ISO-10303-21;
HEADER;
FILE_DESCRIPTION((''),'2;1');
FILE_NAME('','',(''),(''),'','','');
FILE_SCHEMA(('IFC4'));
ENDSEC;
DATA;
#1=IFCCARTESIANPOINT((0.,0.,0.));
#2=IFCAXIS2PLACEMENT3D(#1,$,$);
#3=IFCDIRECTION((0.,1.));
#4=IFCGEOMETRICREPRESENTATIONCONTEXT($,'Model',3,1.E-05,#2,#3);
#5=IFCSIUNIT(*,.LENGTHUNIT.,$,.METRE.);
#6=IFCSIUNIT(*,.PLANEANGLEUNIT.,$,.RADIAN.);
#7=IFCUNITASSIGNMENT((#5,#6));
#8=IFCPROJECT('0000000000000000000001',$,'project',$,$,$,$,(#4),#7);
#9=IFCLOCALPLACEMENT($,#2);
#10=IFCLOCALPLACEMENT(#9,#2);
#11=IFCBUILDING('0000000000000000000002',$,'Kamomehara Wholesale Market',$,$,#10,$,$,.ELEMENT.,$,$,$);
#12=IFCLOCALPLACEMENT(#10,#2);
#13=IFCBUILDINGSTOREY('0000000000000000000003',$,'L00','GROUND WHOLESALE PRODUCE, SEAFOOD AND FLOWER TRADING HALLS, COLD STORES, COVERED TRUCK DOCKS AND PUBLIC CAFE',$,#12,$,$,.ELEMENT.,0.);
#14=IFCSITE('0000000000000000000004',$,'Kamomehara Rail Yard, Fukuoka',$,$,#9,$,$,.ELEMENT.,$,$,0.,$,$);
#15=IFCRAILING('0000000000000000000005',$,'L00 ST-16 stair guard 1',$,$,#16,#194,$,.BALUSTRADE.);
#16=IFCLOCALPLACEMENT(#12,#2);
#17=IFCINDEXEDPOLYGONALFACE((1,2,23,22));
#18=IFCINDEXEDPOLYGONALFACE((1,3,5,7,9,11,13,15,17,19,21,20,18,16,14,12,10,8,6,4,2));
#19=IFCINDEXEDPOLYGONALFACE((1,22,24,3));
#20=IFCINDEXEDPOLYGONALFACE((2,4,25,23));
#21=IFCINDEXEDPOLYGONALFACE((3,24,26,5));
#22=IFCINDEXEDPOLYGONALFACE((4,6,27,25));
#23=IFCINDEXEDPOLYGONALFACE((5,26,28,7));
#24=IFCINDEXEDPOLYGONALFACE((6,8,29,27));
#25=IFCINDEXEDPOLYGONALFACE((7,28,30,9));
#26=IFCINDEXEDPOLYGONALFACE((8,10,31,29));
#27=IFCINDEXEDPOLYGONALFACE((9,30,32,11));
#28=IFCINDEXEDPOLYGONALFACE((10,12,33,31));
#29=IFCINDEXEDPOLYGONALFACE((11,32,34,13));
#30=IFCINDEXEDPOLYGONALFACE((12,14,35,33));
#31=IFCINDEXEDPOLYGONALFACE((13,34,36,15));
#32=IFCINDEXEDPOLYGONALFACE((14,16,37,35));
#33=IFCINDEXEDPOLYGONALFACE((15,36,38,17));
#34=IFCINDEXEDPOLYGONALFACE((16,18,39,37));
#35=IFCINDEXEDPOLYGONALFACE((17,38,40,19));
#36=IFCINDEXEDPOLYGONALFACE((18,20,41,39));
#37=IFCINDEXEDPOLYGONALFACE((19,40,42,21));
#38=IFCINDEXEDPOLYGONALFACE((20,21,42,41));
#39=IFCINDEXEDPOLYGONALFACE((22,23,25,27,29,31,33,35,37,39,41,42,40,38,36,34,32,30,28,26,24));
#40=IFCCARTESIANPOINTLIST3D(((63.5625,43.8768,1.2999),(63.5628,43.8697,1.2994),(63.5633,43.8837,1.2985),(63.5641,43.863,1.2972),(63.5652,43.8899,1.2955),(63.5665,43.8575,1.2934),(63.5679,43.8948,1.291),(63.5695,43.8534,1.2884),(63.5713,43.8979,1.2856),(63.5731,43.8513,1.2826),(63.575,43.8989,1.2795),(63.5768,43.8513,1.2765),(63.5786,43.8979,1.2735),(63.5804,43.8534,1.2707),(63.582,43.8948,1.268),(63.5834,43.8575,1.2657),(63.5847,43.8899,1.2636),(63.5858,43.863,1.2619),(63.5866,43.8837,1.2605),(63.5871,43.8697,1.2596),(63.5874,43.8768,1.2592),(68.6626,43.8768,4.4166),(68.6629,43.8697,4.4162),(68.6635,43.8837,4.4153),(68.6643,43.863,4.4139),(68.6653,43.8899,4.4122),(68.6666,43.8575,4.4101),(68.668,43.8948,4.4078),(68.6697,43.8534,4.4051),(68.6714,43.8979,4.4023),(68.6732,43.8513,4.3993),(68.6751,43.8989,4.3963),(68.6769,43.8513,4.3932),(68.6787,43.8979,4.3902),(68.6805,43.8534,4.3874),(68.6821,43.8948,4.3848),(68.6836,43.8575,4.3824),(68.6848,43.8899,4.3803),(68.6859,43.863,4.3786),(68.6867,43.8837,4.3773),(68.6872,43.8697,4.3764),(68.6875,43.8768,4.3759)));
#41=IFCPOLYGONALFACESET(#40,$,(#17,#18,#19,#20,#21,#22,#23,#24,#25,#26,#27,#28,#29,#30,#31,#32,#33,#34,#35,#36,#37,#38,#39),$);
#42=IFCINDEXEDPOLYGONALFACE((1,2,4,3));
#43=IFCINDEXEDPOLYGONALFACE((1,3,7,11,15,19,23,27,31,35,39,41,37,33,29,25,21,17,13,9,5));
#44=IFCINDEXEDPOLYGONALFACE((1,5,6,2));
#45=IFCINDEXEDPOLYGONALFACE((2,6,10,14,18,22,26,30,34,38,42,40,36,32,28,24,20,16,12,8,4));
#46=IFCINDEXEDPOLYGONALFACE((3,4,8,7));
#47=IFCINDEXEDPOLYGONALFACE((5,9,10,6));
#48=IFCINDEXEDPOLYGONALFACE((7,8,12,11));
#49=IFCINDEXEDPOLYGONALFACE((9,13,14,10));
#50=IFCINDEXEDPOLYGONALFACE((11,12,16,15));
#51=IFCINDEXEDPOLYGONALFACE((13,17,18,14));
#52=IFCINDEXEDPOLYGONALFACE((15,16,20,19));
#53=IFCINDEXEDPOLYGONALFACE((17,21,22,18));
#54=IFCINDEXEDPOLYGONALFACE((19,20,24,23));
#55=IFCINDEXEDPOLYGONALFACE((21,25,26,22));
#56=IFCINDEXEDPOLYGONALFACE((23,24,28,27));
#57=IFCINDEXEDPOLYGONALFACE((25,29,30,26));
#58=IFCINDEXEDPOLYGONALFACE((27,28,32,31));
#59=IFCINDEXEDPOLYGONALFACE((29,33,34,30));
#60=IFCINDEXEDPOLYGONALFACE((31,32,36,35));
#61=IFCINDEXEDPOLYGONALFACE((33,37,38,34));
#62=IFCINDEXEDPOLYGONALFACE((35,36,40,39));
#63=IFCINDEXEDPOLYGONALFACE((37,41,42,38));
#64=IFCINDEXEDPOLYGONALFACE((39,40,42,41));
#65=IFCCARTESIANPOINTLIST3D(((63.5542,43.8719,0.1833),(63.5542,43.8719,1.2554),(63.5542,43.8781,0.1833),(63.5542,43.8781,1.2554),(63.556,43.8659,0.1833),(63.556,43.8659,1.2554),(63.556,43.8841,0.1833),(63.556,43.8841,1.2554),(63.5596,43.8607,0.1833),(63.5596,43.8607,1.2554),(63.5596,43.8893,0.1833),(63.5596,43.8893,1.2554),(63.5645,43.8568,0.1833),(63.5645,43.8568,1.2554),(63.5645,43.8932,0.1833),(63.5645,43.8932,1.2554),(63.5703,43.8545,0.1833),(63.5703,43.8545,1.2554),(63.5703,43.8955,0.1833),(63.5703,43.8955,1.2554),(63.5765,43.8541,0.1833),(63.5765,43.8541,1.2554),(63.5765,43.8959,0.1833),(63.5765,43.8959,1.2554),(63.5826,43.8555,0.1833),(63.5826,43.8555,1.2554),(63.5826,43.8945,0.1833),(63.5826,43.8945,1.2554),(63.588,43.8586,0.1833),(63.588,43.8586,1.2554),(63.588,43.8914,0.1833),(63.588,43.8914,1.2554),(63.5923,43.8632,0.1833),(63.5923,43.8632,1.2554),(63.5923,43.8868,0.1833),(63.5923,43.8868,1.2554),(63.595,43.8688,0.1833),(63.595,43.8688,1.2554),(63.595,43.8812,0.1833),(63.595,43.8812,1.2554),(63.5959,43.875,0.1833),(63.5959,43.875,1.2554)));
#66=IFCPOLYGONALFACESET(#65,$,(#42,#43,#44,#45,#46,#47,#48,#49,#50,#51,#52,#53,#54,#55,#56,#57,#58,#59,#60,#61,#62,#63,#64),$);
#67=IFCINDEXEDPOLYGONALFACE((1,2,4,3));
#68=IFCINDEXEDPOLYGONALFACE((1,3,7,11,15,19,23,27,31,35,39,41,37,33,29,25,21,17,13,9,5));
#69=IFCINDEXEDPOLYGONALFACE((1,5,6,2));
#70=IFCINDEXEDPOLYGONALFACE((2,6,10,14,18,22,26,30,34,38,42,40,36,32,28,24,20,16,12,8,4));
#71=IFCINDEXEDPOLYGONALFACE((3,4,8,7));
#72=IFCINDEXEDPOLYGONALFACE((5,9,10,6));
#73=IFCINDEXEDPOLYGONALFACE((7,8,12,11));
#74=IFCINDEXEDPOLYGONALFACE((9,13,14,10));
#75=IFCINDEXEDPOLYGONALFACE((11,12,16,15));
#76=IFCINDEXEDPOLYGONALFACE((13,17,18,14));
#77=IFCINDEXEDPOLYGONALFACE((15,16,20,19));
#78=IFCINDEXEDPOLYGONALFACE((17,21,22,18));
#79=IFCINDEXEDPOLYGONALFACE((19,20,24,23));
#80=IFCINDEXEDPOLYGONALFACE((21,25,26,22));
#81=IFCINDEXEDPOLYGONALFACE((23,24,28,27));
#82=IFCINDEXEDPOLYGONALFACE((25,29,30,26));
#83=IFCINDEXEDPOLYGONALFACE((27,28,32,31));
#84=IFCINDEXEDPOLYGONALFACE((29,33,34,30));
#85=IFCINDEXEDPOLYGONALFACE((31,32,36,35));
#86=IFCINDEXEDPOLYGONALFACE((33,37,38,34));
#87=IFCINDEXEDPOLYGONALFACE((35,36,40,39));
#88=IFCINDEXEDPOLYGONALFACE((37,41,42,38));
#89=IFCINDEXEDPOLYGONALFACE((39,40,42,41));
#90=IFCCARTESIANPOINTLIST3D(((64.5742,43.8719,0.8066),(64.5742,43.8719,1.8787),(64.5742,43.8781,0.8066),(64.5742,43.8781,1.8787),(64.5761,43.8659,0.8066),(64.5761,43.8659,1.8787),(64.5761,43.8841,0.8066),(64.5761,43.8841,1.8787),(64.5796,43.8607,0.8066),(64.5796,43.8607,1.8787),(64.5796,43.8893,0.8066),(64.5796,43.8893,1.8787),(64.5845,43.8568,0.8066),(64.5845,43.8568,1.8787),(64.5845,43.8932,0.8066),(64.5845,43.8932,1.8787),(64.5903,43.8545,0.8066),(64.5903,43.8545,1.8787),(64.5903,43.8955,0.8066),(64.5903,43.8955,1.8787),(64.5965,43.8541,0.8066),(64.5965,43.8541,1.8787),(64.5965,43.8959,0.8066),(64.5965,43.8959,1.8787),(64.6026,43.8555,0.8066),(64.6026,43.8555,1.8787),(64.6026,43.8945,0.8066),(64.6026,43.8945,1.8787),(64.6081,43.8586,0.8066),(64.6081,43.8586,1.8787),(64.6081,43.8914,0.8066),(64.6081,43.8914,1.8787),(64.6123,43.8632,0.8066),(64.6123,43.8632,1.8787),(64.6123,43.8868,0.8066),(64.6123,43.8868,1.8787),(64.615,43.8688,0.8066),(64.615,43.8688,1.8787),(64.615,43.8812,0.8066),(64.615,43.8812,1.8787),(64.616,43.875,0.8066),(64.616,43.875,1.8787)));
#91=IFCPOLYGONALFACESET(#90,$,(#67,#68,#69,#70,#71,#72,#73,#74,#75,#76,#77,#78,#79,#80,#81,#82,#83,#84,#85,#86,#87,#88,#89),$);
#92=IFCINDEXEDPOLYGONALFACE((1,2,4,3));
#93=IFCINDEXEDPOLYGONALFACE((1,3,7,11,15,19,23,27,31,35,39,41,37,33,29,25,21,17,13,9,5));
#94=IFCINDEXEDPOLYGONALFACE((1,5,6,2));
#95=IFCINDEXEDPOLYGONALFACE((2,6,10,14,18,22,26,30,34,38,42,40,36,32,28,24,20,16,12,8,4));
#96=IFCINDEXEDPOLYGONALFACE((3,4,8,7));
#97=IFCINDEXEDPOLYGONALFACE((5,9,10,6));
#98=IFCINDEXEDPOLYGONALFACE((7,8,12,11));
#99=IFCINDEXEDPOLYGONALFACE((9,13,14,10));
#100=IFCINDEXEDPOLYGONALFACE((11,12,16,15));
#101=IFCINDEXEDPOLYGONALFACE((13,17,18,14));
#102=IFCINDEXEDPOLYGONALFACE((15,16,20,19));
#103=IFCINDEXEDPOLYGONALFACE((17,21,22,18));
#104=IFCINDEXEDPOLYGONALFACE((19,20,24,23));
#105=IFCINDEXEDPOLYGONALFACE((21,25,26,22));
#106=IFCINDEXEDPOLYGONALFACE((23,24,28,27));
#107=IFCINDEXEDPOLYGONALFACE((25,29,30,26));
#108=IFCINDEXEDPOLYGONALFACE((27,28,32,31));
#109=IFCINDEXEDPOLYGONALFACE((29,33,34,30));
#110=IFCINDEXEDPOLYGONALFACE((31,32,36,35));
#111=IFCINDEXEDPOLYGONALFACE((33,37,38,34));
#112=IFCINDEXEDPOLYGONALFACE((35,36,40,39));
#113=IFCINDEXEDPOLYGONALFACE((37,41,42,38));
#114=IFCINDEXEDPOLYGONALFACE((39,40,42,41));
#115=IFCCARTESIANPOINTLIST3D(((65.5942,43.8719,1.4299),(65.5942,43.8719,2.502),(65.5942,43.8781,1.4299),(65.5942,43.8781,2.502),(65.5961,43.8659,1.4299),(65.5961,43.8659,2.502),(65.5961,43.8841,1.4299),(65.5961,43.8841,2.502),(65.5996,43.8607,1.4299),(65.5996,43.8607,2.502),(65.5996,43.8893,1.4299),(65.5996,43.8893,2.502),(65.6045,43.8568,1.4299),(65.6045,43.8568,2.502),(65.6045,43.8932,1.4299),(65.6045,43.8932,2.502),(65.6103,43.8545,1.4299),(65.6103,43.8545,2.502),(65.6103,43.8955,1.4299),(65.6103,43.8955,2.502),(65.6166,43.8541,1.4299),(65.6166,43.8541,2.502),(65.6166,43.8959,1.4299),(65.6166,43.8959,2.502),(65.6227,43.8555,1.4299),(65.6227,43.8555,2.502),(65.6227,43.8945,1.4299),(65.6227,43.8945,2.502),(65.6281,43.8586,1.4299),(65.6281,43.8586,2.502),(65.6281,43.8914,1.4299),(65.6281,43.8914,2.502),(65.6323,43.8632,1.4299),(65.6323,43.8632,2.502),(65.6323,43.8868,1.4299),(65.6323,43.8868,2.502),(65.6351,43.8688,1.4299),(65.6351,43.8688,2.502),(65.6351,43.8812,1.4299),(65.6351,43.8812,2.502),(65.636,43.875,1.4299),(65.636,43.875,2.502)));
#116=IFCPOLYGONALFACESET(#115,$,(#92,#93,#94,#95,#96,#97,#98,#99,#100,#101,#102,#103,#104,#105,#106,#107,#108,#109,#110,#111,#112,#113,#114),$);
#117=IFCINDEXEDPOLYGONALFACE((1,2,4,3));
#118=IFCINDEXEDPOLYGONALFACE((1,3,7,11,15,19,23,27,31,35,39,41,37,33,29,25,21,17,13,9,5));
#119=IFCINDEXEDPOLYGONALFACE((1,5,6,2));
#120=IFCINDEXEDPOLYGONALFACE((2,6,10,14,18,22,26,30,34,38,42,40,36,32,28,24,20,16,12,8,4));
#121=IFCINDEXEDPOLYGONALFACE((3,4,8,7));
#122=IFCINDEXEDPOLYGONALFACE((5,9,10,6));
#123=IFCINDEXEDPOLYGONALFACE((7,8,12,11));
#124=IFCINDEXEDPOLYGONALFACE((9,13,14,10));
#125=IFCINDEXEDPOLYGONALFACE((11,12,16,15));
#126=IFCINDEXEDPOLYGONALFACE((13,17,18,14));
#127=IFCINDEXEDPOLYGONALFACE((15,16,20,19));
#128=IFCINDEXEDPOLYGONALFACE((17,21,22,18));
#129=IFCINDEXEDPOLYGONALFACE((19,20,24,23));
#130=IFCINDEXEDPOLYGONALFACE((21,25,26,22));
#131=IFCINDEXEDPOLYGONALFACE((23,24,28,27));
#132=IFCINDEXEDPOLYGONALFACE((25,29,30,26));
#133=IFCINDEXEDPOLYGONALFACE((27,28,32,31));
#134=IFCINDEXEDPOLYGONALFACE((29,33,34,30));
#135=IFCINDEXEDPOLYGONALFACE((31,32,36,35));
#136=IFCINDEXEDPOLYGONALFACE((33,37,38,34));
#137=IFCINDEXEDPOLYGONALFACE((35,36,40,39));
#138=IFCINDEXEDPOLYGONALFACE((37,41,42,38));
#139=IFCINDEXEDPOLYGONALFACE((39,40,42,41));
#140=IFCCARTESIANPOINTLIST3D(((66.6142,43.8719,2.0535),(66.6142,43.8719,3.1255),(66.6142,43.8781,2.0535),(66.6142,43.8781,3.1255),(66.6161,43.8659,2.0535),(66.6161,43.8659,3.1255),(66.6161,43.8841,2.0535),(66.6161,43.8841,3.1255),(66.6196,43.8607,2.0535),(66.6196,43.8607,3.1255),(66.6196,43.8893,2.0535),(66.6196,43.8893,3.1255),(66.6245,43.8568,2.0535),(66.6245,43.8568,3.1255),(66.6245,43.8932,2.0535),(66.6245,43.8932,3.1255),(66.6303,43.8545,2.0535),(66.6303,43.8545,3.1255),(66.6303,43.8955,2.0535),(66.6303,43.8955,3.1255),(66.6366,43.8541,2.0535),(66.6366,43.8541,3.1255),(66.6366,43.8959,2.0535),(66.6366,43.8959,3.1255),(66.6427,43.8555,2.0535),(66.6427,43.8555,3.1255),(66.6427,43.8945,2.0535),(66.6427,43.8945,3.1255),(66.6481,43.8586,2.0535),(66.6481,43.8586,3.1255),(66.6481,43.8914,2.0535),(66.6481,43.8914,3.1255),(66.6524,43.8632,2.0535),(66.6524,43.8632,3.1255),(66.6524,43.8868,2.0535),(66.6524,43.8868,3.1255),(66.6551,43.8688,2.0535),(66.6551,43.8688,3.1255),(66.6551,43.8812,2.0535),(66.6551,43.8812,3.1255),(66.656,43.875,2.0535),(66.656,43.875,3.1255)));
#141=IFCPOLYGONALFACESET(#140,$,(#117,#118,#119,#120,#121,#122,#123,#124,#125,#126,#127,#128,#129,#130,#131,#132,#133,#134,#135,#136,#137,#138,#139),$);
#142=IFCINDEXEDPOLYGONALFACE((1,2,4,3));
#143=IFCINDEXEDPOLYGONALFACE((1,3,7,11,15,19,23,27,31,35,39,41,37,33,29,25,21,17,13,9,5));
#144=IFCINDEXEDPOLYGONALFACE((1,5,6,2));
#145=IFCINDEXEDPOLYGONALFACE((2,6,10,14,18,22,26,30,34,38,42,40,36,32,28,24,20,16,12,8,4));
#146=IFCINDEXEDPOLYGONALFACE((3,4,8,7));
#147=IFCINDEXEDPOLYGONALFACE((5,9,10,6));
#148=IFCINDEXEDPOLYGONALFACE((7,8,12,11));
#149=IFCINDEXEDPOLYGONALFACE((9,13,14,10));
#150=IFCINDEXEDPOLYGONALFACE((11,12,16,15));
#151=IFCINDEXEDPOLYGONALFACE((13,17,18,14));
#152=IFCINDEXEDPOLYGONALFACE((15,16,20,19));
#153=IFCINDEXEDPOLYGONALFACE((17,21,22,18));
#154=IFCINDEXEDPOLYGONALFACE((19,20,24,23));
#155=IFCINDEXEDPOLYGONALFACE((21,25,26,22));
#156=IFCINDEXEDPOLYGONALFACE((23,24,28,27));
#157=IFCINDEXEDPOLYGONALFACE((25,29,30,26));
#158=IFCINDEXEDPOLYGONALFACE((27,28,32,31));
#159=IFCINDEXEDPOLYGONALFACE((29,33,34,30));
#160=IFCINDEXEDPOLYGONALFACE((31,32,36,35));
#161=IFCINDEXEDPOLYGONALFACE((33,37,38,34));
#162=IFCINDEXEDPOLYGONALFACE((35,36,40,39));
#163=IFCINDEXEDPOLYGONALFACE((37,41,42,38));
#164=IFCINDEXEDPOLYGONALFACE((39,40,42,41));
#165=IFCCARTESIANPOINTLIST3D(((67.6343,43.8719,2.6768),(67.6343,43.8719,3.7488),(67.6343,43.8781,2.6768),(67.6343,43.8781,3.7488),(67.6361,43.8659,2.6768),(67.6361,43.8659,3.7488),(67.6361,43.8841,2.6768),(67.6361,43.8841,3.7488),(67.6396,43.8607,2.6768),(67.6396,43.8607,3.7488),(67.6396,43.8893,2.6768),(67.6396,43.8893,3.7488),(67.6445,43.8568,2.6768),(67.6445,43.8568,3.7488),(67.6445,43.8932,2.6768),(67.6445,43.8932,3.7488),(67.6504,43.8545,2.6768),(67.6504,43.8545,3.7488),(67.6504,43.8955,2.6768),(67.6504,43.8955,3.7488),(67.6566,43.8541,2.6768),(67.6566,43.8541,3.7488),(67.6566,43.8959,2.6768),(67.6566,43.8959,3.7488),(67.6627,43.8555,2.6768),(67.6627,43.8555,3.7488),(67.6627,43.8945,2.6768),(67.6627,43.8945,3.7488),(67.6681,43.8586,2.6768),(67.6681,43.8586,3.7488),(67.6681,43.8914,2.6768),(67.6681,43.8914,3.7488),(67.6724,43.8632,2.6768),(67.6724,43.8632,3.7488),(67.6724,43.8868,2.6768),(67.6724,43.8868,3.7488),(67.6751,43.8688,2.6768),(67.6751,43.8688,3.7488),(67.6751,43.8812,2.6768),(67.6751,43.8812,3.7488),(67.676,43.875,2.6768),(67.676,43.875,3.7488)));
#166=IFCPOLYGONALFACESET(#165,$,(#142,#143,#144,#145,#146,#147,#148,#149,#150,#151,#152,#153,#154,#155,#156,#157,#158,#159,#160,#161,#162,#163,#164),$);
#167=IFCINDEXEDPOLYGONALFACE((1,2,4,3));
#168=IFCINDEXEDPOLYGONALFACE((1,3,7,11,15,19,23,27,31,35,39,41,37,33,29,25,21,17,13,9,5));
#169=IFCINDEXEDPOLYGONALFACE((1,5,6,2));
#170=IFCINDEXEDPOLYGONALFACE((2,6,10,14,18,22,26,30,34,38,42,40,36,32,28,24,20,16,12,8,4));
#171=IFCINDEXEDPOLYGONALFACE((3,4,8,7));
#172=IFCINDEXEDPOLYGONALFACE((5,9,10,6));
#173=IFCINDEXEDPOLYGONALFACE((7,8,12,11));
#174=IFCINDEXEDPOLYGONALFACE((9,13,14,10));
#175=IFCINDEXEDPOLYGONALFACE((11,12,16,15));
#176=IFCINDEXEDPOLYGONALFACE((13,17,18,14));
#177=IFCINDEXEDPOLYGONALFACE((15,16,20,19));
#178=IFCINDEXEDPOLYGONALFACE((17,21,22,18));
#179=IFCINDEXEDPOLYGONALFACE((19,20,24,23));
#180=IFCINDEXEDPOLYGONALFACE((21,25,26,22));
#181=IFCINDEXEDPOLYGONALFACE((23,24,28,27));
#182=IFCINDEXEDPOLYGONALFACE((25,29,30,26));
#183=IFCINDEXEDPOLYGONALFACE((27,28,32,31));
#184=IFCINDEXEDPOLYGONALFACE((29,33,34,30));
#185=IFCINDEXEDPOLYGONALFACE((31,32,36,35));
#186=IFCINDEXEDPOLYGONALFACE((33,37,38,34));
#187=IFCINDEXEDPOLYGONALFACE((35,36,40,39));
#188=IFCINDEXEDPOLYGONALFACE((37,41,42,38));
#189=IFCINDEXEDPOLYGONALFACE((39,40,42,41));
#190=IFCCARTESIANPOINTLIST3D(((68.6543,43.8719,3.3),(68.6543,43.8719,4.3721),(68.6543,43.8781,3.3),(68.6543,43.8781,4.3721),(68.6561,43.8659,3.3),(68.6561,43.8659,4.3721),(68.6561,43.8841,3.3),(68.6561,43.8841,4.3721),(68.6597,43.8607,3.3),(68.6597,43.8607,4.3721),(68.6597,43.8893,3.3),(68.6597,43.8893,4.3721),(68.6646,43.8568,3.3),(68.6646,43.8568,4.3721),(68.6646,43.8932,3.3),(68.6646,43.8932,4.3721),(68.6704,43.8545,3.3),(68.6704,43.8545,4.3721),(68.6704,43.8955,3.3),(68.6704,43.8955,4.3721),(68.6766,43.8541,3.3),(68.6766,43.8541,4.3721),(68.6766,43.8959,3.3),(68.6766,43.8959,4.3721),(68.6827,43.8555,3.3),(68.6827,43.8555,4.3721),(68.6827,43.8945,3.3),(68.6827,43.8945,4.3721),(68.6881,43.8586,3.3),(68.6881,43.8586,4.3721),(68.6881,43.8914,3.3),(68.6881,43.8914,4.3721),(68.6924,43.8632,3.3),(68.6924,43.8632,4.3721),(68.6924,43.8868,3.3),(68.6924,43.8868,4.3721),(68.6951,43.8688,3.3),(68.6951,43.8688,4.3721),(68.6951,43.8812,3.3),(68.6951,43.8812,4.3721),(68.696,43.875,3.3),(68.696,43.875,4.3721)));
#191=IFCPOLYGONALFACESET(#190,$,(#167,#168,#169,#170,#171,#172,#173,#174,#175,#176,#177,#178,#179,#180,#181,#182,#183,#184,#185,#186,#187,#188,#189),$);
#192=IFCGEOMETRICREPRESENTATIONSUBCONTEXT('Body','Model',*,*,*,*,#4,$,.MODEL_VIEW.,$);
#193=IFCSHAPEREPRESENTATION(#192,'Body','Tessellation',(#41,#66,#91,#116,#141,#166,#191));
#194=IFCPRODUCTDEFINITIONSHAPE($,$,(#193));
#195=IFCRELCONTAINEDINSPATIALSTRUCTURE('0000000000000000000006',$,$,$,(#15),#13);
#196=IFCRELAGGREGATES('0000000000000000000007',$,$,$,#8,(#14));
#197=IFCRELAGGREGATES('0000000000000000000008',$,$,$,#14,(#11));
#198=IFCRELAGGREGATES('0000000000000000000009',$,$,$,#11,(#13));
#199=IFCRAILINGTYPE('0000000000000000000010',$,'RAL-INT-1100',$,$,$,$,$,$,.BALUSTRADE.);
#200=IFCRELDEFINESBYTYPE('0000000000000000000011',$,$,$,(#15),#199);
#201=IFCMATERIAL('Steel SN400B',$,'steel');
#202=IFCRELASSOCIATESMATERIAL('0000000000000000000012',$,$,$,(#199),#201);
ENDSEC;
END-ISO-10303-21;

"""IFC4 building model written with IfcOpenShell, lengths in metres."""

from ifc_helpers import new_model, si_unit, direction, frame, origin, origin_2d, place, context, subcontext, project, spatial, circle, extrude, material, type_object, element, save


model = new_model("IFC4")

# Units and contexts
model_context = context("Model", 3, precision=1e-05, world=origin(), true_north=direction((0.0, 1.0)))
body_context = subcontext(model_context, "Body", "Model", "MODEL_VIEW")
ifc_project = project(units=[si_unit("LENGTHUNIT", "METRE"), si_unit("PLANEANGLEUNIT", "RADIAN")], contexts=[model_context])

# Site, building, storey
site_placement = place(None, origin())
site = spatial("IfcSite", under=ifc_project, at=site_placement, Name="Kamomehara Rail Yard, Fukuoka", CompositionType="ELEMENT", RefElevation=0.0)
building_placement = place(site_placement, origin())
building = spatial("IfcBuilding", under=site, at=building_placement, Name="Kamomehara Wholesale Market", CompositionType="ELEMENT")
storey_placement = place(building_placement, origin())
storey = spatial("IfcBuildingStorey", under=building, at=storey_placement, Name="L00", Description="GROUND WHOLESALE PRODUCE, SEAFOOD AND FLOWER TRADING HALLS, COLD STORES, COVERED TRUCK DOCKS AND PUBLIC CAFE", CompositionType="ELEMENT", Elevation=0.0)

# Railing
ifc_material_1 = material(Name="Steel SN400B", Category="steel")
railing_type_1 = type_object("IfcRailingType", Name="RAL-INT-1100", PredefinedType="BALUSTRADE", material=ifc_material_1)
railing_1_placement = place(storey_placement, frame((63.575, 43.875, 0.1833)))
element("IfcRailing", 1, at=railing_1_placement, inside=storey, type_object=railing_type_1, Name="L00 ST-16 stair guard 1", PredefinedType="BALUSTRADE", context=body_context, shape_type="SweptSolid", body=[
    extrude(circle(Radius=0.0239, at=origin_2d()), frame((0.0, 0.0, 1.0962), z_axis=(0.853284, 0.0, 0.521447), x_axis=(0.0, 1.0, 0.0)), (0.0, 0.0, 1.0), 5.9771),
    extrude(circle(Radius=0.021, at=origin_2d()), origin(), (0.0, 0.0, 1.0), 1.072),
    extrude(circle(Radius=0.021, at=origin_2d()), frame((1.02, 0.0, 0.6233)), (0.0, 0.0, 1.0), 1.072),
    extrude(circle(Radius=0.021, at=origin_2d()), frame((2.04, 0.0, 1.2466)), (0.0, 0.0, 1.0), 1.072),
    extrude(circle(Radius=0.021, at=origin_2d()), frame((3.0601, 0.0, 1.8701)), (0.0, 0.0, 1.0), 1.072),
    extrude(circle(Radius=0.021, at=origin_2d()), frame((4.0801, 0.0, 2.4934)), (0.0, 0.0, 1.0), 1.072),
    extrude(circle(Radius=0.021, at=origin_2d()), frame((5.1001, 0.0, 3.1167)), (0.0, 0.0, 1.0), 1.072),
])

save(model, "model.ifc")
